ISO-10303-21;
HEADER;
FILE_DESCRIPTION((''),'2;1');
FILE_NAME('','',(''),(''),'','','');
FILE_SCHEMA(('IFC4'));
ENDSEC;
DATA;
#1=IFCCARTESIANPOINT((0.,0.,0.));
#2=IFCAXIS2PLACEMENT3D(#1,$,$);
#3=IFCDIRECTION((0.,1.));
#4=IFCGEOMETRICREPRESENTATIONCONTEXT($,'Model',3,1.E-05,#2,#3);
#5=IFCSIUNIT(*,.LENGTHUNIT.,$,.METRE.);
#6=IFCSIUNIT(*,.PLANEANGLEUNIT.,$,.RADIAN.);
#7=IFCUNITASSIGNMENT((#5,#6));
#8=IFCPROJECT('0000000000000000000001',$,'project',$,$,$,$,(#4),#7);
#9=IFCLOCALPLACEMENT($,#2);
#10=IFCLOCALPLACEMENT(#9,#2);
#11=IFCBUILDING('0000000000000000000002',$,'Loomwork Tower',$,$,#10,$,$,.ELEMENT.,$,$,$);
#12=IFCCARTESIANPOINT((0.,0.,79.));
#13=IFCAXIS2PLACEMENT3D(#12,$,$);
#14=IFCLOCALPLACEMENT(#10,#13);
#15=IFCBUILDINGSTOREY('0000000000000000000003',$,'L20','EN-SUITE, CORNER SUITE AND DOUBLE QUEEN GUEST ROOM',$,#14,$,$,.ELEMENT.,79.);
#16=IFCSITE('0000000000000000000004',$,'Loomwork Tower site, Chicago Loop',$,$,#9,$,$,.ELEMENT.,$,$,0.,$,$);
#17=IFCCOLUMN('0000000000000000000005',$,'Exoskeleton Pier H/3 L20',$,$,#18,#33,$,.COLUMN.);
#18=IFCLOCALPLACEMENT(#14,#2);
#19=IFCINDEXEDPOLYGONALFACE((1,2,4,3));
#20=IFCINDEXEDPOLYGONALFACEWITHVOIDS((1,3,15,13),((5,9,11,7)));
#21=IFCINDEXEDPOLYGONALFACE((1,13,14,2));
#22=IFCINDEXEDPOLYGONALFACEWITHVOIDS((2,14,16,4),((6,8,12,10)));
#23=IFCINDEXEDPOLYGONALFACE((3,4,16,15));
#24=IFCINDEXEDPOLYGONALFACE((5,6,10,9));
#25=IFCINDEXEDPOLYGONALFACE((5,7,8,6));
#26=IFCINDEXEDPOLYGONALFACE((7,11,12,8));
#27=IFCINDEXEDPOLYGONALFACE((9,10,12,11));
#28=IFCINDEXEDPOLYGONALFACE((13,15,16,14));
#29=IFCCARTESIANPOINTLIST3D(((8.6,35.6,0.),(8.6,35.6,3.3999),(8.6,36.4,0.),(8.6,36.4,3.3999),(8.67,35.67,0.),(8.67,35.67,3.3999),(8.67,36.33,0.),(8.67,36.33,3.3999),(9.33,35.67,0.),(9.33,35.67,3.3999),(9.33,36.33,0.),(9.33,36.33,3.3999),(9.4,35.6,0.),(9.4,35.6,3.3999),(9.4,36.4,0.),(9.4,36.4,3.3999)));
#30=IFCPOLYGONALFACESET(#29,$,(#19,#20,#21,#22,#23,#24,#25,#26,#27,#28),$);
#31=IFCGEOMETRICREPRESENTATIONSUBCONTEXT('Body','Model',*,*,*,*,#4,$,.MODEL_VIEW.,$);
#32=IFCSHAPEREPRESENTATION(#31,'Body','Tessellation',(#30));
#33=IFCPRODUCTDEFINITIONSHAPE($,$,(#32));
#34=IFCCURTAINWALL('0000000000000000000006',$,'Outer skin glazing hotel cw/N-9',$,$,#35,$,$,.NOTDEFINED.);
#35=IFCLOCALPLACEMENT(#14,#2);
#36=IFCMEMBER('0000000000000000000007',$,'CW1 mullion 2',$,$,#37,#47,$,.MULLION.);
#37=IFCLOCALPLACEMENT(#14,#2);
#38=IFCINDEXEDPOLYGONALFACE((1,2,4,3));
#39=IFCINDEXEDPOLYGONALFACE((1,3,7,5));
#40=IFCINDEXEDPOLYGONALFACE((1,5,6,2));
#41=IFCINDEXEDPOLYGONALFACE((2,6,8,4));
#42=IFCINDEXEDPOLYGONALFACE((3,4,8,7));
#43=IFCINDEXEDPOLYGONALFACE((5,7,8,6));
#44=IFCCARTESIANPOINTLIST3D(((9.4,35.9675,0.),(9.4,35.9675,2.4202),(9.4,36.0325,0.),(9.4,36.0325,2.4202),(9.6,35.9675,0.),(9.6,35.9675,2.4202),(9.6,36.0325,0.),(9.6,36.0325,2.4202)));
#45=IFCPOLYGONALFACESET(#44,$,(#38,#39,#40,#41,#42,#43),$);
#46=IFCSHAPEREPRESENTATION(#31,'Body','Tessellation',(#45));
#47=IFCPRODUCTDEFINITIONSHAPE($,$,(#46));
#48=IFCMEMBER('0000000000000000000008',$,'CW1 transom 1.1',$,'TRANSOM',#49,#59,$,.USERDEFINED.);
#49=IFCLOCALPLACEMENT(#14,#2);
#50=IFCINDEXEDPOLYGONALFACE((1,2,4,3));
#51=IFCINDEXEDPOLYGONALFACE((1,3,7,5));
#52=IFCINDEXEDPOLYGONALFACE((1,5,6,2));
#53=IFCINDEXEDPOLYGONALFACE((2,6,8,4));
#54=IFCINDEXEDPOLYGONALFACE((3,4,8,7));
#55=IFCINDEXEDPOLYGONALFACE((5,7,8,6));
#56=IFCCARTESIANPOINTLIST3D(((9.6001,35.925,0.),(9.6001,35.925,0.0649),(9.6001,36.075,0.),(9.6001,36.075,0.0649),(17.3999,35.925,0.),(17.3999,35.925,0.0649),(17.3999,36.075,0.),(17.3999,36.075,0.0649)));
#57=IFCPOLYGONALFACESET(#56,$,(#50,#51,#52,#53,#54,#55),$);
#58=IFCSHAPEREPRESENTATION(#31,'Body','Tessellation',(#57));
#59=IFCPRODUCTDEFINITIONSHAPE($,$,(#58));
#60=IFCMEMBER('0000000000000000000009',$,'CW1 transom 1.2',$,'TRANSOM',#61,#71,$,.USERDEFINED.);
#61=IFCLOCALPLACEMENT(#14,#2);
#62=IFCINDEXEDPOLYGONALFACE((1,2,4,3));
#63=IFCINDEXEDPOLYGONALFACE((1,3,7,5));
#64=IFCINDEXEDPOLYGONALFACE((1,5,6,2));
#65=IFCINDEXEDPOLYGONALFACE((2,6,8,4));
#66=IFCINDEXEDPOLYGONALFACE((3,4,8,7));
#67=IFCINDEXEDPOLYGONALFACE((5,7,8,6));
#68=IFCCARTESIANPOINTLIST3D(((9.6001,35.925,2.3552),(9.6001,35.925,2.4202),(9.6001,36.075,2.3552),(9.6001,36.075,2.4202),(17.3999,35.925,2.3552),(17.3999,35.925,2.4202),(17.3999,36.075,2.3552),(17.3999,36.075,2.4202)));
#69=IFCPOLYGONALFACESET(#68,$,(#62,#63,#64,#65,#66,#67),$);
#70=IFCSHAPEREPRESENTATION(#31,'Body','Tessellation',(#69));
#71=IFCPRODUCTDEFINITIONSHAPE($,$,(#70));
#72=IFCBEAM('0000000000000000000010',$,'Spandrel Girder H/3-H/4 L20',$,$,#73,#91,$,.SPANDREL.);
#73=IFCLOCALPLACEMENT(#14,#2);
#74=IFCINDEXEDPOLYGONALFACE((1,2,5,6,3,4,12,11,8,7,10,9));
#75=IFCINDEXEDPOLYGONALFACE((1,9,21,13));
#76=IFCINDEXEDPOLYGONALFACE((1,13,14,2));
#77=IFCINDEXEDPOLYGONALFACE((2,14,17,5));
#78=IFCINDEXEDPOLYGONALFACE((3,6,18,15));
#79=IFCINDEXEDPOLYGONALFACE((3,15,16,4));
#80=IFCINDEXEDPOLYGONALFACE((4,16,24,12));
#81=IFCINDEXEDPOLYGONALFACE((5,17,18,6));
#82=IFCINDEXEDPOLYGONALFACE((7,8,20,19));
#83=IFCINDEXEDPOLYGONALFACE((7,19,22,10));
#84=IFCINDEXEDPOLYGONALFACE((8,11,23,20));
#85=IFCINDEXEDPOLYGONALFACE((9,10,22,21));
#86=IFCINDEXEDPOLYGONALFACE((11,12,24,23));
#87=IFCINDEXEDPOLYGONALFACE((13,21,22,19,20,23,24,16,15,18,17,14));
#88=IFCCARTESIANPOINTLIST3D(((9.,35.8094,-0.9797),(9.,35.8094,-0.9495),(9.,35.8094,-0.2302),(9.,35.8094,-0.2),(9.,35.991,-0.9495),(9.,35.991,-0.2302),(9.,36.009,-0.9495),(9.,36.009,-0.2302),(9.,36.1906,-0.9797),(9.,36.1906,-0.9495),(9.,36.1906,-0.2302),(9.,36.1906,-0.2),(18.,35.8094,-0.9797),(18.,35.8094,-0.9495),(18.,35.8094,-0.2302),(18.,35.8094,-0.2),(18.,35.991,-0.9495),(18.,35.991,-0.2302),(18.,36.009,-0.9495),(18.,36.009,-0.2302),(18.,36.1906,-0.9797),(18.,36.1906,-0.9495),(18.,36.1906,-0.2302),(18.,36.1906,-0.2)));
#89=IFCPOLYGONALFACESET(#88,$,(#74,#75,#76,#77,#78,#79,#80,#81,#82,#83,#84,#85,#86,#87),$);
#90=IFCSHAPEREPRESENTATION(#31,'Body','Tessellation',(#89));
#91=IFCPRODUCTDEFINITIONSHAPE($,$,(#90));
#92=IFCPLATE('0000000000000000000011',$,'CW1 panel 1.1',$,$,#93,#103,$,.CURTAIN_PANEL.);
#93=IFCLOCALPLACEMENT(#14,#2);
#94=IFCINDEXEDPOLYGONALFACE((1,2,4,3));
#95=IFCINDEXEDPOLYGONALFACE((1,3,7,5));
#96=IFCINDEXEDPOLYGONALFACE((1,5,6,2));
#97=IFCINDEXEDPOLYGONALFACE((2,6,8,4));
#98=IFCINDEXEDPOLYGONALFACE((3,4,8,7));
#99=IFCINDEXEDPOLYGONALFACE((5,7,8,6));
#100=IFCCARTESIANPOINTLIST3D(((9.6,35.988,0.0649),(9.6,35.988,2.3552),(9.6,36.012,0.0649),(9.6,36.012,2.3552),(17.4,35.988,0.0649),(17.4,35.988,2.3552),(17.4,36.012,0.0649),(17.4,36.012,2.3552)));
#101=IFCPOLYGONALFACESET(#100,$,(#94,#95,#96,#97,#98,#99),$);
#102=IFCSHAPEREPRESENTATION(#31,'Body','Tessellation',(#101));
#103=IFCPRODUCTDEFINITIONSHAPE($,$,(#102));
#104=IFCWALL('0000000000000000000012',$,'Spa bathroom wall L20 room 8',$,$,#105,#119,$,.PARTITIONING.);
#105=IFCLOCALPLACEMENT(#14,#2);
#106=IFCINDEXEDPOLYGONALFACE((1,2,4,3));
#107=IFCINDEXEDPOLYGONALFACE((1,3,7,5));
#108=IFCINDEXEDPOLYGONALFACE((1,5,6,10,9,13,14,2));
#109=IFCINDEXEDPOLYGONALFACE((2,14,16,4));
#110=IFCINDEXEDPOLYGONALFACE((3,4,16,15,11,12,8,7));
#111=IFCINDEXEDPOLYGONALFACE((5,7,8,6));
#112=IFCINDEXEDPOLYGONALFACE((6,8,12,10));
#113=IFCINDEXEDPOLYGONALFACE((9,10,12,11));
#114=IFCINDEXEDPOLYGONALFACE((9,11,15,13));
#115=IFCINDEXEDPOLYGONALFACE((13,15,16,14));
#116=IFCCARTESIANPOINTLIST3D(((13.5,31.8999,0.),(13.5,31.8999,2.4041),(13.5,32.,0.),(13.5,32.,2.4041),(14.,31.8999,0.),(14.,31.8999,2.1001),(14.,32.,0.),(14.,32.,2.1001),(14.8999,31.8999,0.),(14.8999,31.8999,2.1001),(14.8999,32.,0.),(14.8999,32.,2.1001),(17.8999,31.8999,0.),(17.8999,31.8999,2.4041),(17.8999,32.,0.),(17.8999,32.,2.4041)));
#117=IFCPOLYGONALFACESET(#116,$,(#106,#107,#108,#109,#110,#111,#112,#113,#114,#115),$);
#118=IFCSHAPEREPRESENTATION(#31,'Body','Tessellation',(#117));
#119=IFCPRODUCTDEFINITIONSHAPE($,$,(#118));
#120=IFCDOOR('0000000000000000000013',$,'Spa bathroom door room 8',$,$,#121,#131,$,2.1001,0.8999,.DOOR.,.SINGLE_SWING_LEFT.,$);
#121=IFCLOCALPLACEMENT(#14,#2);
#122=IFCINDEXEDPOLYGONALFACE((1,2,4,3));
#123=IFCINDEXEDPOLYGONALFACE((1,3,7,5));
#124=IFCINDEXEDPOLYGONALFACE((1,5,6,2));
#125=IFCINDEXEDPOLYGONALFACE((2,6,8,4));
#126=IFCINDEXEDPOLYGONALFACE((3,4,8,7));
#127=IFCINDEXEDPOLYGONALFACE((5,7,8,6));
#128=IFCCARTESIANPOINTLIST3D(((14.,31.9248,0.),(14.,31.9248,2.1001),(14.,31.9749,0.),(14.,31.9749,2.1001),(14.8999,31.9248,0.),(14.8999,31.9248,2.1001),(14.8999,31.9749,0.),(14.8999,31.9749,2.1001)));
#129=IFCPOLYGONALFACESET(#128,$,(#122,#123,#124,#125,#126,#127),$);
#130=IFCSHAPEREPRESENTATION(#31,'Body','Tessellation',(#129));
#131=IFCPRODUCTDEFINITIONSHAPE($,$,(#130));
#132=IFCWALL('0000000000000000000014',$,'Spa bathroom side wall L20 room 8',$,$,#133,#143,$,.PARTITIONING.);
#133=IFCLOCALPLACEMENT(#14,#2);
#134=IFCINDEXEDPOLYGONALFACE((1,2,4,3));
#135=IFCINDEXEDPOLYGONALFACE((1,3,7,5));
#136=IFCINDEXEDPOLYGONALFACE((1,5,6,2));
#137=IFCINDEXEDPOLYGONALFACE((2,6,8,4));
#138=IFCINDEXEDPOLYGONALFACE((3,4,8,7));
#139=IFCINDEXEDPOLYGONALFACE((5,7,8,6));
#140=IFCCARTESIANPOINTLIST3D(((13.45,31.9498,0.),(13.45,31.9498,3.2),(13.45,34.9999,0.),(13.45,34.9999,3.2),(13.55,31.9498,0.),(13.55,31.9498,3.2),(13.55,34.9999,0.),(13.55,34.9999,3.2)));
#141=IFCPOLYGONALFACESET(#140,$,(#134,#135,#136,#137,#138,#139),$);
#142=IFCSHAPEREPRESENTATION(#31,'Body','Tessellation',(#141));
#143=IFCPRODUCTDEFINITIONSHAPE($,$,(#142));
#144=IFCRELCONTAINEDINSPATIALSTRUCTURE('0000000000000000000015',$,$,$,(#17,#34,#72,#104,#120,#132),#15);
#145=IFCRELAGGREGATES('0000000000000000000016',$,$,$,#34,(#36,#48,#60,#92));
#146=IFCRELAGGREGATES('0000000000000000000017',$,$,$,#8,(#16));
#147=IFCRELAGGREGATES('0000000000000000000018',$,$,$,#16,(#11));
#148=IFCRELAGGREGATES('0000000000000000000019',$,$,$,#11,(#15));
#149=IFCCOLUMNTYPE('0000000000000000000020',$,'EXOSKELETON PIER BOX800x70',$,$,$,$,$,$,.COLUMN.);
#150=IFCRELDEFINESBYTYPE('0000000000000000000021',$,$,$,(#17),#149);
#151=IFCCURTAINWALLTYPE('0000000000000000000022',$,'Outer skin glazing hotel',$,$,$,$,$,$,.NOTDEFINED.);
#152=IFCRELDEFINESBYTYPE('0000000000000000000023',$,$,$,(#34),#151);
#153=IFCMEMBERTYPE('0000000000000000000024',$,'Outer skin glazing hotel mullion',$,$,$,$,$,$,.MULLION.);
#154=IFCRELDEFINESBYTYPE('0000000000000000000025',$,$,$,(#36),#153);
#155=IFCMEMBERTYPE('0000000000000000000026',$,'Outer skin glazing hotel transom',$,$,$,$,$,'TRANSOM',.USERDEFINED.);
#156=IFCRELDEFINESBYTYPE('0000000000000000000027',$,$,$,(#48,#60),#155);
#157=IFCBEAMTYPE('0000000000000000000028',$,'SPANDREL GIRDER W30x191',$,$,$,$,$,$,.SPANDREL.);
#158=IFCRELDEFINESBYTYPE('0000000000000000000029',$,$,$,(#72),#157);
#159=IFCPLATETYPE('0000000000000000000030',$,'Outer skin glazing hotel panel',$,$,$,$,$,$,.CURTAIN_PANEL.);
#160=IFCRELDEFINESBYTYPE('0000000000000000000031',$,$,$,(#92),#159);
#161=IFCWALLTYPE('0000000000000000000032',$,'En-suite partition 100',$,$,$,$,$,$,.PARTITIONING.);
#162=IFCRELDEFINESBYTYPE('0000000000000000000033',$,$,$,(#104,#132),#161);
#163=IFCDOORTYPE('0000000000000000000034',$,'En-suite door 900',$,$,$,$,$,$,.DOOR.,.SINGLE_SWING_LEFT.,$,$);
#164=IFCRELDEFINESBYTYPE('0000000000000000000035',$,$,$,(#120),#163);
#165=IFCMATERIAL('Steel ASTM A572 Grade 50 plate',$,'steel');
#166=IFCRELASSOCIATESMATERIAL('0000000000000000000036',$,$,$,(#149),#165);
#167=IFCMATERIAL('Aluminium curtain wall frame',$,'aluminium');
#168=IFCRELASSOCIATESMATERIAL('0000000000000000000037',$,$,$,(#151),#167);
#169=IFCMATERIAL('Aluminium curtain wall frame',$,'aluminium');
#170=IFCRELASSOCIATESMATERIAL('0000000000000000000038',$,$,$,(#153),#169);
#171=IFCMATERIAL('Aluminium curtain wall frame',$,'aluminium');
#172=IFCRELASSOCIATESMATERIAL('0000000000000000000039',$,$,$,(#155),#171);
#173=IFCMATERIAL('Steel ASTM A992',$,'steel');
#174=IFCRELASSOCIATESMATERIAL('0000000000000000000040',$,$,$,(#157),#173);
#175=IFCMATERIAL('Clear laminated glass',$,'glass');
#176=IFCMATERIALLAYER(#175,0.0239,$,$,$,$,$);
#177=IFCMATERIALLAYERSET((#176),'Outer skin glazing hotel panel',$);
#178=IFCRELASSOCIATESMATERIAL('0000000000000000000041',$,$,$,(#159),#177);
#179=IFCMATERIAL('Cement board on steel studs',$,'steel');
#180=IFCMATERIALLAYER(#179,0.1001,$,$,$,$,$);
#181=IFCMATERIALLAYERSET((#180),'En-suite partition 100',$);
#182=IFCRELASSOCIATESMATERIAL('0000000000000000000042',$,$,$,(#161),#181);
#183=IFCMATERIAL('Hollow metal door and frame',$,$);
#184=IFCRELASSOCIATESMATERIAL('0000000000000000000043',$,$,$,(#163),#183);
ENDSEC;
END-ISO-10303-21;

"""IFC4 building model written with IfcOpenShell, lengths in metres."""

from ifc_helpers import new_model, si_unit, direction, frame, frame_2d, origin, origin_2d, place, context, subcontext, project, spatial, rectangle, hollow_rectangle, i_section, extrude, material, layer, layer_set, material_profile, profile_set, type_object, element, fill, aggregate, save


model = new_model("IFC4")

# Units and contexts
model_context = context("Model", 3, precision=1e-05, world=origin(), true_north=direction((0.0, 1.0)))
body_context = subcontext(model_context, "Body", "Model", "MODEL_VIEW")
ifc_project = project(units=[si_unit("LENGTHUNIT", "METRE"), si_unit("PLANEANGLEUNIT", "RADIAN")], contexts=[model_context])

# Site, building, storey
site_placement = place(None, origin())
site = spatial("IfcSite", under=ifc_project, at=site_placement, Name="Loomwork Tower site, Chicago Loop", CompositionType="ELEMENT", RefElevation=0.0)
building_placement = place(site_placement, origin())
building = spatial("IfcBuilding", under=site, at=building_placement, Name="Loomwork Tower", CompositionType="ELEMENT")
storey_placement = place(building_placement, frame((0.0, 0.0, 79.0)))
storey = spatial("IfcBuildingStorey", under=building, at=storey_placement, Name="L20", Description="EN-SUITE, CORNER SUITE AND DOUBLE QUEEN GUEST ROOM", CompositionType="ELEMENT", Elevation=79.0)

# Column
ifc_material_1 = material(Name="Steel ASTM A572 Grade 50 plate", Category="steel")
ifc_material_profile_1 = material_profile(ifc_material_1, hollow_rectangle(XDim=0.8, YDim=0.8, WallThickness=0.0701, at=origin_2d()), Name="BOX800x70")
ifc_profile_set_1 = profile_set([ifc_material_profile_1], Name="Steel ASTM A572 Grade 50 plate")
column_type = type_object("IfcColumnType", Name="EXOSKELETON PIER BOX800x70", PredefinedType="COLUMN", material=ifc_profile_set_1)
column_placement = place(storey_placement, frame((9.0, 36.0, 0.0), z_axis=(0.0, 0.0, 1.0), x_axis=(1.0, 0.0, 0.0)))
element("IfcColumn", 1, at=column_placement, inside=storey, type_object=column_type, Name="Exoskeleton Pier H/3 L20", PredefinedType="COLUMN", context=body_context, shape_type="SweptSolid", body=[
    extrude(hollow_rectangle(XDim=0.8, YDim=0.8, WallThickness=0.0701, at=origin_2d()), origin(), (0.0, 0.0, 1.0), 3.3999),
])

# Curtain wall, members
ifc_material_2 = material(Name="Aluminium curtain wall frame", Category="aluminium")
curtain_wall_type = type_object("IfcCurtainWallType", Name="Outer skin glazing hotel", PredefinedType="NOTDEFINED", material=ifc_material_2)
curtain_wall_placement = place(storey_placement, origin())
curtain_wall = element("IfcCurtainWall", 2, at=curtain_wall_placement, inside=storey, type_object=curtain_wall_type, Name="Outer skin glazing hotel cw/N-9", PredefinedType="NOTDEFINED")
ifc_material_3 = material(Name="Aluminium curtain wall frame", Category="aluminium")
ifc_material_profile_2 = material_profile(ifc_material_3, rectangle(XDim=0.0649, YDim=0.2, at=origin_2d()), Name="AL 65x200")
ifc_profile_set_2 = profile_set([ifc_material_profile_2], Name="Aluminium curtain wall frame")
member_type_1 = type_object("IfcMemberType", Name="Outer skin glazing hotel mullion", PredefinedType="MULLION", material=ifc_profile_set_2)
member_1_placement = place(storey_placement, frame((9.5, 36.0, 0.0), z_axis=(0.0, 0.0, 1.0), x_axis=(0.0, -1.0, 0.0)))
member_1 = element("IfcMember", 3, at=member_1_placement, type_object=member_type_1, Name="CW1 mullion 2", PredefinedType="MULLION", context=body_context, shape_type="SweptSolid", body=[
    extrude(rectangle(XDim=0.0649, YDim=0.2, at=origin_2d()), origin(), (0.0, 0.0, 1.0), 2.4202),
])
ifc_material_4 = material(Name="Aluminium curtain wall frame", Category="aluminium")
ifc_material_profile_3 = material_profile(ifc_material_4, rectangle(XDim=0.1499, YDim=0.0649, at=origin_2d()), Name="AL 65x150")
ifc_profile_set_3 = profile_set([ifc_material_profile_3], Name="Aluminium curtain wall frame")
member_type_2 = type_object("IfcMemberType", Name="Outer skin glazing hotel transom", ElementType="TRANSOM", PredefinedType="USERDEFINED", material=ifc_profile_set_3)
member_2_placement = place(storey_placement, frame((17.3999, 36.0, 0.0325), z_axis=(-1.0, 0.0, 0.0), x_axis=(0.0, -1.0, 0.0)))
member_2 = element("IfcMember", 4, at=member_2_placement, type_object=member_type_2, Name="CW1 transom 1.1", ObjectType="TRANSOM", PredefinedType="USERDEFINED", context=body_context, shape_type="SweptSolid", body=[
    extrude(rectangle(XDim=0.1499, YDim=0.0649, at=origin_2d()), origin(), (0.0, 0.0, 1.0), 7.7998),
])
member_3_placement = place(storey_placement, frame((17.3999, 36.0, 2.3877), z_axis=(-1.0, 0.0, 0.0), x_axis=(0.0, -1.0, 0.0)))
member_3 = element("IfcMember", 5, at=member_3_placement, type_object=member_type_2, Name="CW1 transom 1.2", ObjectType="TRANSOM", PredefinedType="USERDEFINED", context=body_context, shape_type="SweptSolid", body=[
    extrude(rectangle(XDim=0.1499, YDim=0.0649, at=origin_2d()), origin(), (0.0, 0.0, 1.0), 7.7998),
])

# Beam
ifc_material_5 = material(Name="Steel ASTM A992", Category="steel")
ifc_material_profile_4 = material_profile(ifc_material_5, i_section(OverallWidth=0.3811, OverallDepth=0.7798, WebThickness=0.0181, FlangeThickness=0.0303, at=origin_2d()), Name="W30x191")
ifc_profile_set_4 = profile_set([ifc_material_profile_4], Name="Steel ASTM A992")
beam_type = type_object("IfcBeamType", Name="SPANDREL GIRDER W30x191", PredefinedType="SPANDREL", material=ifc_profile_set_4)
beam_placement = place(storey_placement, frame((9.0, 36.0, -0.5898), z_axis=(1.0, 0.0, 0.0), x_axis=(0.0, 1.0, 0.0)))
element("IfcBeam", 6, at=beam_placement, inside=storey, type_object=beam_type, Name="Spandrel Girder H/3-H/4 L20", PredefinedType="SPANDREL", context=body_context, shape_type="SweptSolid", body=[
    extrude(i_section(OverallWidth=0.3811, OverallDepth=0.7798, WebThickness=0.0181, FlangeThickness=0.0303, at=origin_2d()), origin(), (0.0, 0.0, 1.0), 9.0),
])

# Plate
ifc_material_6 = material(Name="Clear laminated glass", Category="glass")
ifc_layer_1 = layer(ifc_material_6, 0.0239)
ifc_layer_set_1 = layer_set([ifc_layer_1], Name="Outer skin glazing hotel panel")
plate_type = type_object("IfcPlateType", Name="Outer skin glazing hotel panel", PredefinedType="CURTAIN_PANEL", material=ifc_layer_set_1)
plate_placement = place(storey_placement, frame((13.5, 36.0, 0.0649), z_axis=(0.0, 0.0, 1.0), x_axis=(-1.0, 0.0, 0.0)))
plate = element("IfcPlate", 7, at=plate_placement, type_object=plate_type, Name="CW1 panel 1.1", PredefinedType="CURTAIN_PANEL", context=body_context, shape_type="SweptSolid", body=[
    extrude(rectangle(XDim=7.8, YDim=0.0239, at=origin_2d()), origin(), (0.0, 0.0, 1.0), 2.2903),
])
aggregate(curtain_wall, [member_1, member_2, member_3, plate])

# Wall, opening, door
ifc_material_7 = material(Name="Cement board on steel studs", Category="steel")
ifc_layer_2 = layer(ifc_material_7, 0.1001)
ifc_layer_set_2 = layer_set([ifc_layer_2], Name="En-suite partition 100")
wall_type_1 = type_object("IfcWallType", Name="En-suite partition 100", PredefinedType="PARTITIONING", material=ifc_layer_set_2)
wall_1_placement = place(storey_placement, frame((13.5, 31.95, 0.0), z_axis=(0.0, 0.0, 1.0), x_axis=(1.0, 0.0, 0.0)))
wall_1 = element("IfcWall", 8, at=wall_1_placement, inside=storey, type_object=wall_type_1, Name="Spa bathroom wall L20 room 8", PredefinedType="PARTITIONING", context=body_context, shape_type="SweptSolid", body=[
    extrude(rectangle(XDim=4.3999, YDim=0.1001, at=frame_2d((2.2, 0.0))), origin(), (0.0, 0.0, 1.0), 2.4041),
])
opening_1_placement = place(wall_1_placement, frame((0.5, 0.0, 0.0)))
opening_1 = element("IfcOpeningElement", 9, at=opening_1_placement, cuts=wall_1, PredefinedType="OPENING", context=body_context, shape_type="SweptSolid", body=[
    extrude(rectangle(XDim=0.8999, YDim=2.1001, at=frame_2d((0.45, 1.05))), frame((0.0, 0.0601, 0.0), z_axis=(0.0, -1.0, 0.0), x_axis=(1.0, 0.0, 0.0)), (0.0, 0.0, 1.0), 0.1201),
])
ifc_material_8 = material(Name="Hollow metal door and frame")
door_type = type_object("IfcDoorType", Name="En-suite door 900", OperationType="SINGLE_SWING_LEFT", PredefinedType="DOOR", material=ifc_material_8)
door_placement = place(opening_1_placement, origin())
door = element("IfcDoor", 10, at=door_placement, inside=storey, type_object=door_type, Name="Spa bathroom door room 8", OperationType="SINGLE_SWING_LEFT", OverallHeight=2.1001, OverallWidth=0.8999, PredefinedType="DOOR", context=body_context, shape_type="SweptSolid", body=[
    extrude(rectangle(XDim=0.8999, YDim=2.1001, at=frame_2d((0.45, 1.05))), frame((0.0, 0.0249, 0.0), z_axis=(0.0, -1.0, 0.0), x_axis=(1.0, 0.0, 0.0)), (0.0, 0.0, 1.0), 0.05),
])
fill(opening_1, door)

# Wall
wall_2_placement = place(storey_placement, frame((13.5, 31.95, 0.0), z_axis=(0.0, 0.0, 1.0), x_axis=(0.0, 1.0, 0.0)))
element("IfcWall", 11, at=wall_2_placement, inside=storey, type_object=wall_type_1, Name="Spa bathroom side wall L20 room 8", PredefinedType="PARTITIONING", context=body_context, shape_type="SweptSolid", body=[
    extrude(rectangle(XDim=3.05, YDim=0.1001, at=frame_2d((1.5249, 0.0))), origin(), (0.0, 0.0, 1.0), 3.2),
])

save(model, "model.ifc")
